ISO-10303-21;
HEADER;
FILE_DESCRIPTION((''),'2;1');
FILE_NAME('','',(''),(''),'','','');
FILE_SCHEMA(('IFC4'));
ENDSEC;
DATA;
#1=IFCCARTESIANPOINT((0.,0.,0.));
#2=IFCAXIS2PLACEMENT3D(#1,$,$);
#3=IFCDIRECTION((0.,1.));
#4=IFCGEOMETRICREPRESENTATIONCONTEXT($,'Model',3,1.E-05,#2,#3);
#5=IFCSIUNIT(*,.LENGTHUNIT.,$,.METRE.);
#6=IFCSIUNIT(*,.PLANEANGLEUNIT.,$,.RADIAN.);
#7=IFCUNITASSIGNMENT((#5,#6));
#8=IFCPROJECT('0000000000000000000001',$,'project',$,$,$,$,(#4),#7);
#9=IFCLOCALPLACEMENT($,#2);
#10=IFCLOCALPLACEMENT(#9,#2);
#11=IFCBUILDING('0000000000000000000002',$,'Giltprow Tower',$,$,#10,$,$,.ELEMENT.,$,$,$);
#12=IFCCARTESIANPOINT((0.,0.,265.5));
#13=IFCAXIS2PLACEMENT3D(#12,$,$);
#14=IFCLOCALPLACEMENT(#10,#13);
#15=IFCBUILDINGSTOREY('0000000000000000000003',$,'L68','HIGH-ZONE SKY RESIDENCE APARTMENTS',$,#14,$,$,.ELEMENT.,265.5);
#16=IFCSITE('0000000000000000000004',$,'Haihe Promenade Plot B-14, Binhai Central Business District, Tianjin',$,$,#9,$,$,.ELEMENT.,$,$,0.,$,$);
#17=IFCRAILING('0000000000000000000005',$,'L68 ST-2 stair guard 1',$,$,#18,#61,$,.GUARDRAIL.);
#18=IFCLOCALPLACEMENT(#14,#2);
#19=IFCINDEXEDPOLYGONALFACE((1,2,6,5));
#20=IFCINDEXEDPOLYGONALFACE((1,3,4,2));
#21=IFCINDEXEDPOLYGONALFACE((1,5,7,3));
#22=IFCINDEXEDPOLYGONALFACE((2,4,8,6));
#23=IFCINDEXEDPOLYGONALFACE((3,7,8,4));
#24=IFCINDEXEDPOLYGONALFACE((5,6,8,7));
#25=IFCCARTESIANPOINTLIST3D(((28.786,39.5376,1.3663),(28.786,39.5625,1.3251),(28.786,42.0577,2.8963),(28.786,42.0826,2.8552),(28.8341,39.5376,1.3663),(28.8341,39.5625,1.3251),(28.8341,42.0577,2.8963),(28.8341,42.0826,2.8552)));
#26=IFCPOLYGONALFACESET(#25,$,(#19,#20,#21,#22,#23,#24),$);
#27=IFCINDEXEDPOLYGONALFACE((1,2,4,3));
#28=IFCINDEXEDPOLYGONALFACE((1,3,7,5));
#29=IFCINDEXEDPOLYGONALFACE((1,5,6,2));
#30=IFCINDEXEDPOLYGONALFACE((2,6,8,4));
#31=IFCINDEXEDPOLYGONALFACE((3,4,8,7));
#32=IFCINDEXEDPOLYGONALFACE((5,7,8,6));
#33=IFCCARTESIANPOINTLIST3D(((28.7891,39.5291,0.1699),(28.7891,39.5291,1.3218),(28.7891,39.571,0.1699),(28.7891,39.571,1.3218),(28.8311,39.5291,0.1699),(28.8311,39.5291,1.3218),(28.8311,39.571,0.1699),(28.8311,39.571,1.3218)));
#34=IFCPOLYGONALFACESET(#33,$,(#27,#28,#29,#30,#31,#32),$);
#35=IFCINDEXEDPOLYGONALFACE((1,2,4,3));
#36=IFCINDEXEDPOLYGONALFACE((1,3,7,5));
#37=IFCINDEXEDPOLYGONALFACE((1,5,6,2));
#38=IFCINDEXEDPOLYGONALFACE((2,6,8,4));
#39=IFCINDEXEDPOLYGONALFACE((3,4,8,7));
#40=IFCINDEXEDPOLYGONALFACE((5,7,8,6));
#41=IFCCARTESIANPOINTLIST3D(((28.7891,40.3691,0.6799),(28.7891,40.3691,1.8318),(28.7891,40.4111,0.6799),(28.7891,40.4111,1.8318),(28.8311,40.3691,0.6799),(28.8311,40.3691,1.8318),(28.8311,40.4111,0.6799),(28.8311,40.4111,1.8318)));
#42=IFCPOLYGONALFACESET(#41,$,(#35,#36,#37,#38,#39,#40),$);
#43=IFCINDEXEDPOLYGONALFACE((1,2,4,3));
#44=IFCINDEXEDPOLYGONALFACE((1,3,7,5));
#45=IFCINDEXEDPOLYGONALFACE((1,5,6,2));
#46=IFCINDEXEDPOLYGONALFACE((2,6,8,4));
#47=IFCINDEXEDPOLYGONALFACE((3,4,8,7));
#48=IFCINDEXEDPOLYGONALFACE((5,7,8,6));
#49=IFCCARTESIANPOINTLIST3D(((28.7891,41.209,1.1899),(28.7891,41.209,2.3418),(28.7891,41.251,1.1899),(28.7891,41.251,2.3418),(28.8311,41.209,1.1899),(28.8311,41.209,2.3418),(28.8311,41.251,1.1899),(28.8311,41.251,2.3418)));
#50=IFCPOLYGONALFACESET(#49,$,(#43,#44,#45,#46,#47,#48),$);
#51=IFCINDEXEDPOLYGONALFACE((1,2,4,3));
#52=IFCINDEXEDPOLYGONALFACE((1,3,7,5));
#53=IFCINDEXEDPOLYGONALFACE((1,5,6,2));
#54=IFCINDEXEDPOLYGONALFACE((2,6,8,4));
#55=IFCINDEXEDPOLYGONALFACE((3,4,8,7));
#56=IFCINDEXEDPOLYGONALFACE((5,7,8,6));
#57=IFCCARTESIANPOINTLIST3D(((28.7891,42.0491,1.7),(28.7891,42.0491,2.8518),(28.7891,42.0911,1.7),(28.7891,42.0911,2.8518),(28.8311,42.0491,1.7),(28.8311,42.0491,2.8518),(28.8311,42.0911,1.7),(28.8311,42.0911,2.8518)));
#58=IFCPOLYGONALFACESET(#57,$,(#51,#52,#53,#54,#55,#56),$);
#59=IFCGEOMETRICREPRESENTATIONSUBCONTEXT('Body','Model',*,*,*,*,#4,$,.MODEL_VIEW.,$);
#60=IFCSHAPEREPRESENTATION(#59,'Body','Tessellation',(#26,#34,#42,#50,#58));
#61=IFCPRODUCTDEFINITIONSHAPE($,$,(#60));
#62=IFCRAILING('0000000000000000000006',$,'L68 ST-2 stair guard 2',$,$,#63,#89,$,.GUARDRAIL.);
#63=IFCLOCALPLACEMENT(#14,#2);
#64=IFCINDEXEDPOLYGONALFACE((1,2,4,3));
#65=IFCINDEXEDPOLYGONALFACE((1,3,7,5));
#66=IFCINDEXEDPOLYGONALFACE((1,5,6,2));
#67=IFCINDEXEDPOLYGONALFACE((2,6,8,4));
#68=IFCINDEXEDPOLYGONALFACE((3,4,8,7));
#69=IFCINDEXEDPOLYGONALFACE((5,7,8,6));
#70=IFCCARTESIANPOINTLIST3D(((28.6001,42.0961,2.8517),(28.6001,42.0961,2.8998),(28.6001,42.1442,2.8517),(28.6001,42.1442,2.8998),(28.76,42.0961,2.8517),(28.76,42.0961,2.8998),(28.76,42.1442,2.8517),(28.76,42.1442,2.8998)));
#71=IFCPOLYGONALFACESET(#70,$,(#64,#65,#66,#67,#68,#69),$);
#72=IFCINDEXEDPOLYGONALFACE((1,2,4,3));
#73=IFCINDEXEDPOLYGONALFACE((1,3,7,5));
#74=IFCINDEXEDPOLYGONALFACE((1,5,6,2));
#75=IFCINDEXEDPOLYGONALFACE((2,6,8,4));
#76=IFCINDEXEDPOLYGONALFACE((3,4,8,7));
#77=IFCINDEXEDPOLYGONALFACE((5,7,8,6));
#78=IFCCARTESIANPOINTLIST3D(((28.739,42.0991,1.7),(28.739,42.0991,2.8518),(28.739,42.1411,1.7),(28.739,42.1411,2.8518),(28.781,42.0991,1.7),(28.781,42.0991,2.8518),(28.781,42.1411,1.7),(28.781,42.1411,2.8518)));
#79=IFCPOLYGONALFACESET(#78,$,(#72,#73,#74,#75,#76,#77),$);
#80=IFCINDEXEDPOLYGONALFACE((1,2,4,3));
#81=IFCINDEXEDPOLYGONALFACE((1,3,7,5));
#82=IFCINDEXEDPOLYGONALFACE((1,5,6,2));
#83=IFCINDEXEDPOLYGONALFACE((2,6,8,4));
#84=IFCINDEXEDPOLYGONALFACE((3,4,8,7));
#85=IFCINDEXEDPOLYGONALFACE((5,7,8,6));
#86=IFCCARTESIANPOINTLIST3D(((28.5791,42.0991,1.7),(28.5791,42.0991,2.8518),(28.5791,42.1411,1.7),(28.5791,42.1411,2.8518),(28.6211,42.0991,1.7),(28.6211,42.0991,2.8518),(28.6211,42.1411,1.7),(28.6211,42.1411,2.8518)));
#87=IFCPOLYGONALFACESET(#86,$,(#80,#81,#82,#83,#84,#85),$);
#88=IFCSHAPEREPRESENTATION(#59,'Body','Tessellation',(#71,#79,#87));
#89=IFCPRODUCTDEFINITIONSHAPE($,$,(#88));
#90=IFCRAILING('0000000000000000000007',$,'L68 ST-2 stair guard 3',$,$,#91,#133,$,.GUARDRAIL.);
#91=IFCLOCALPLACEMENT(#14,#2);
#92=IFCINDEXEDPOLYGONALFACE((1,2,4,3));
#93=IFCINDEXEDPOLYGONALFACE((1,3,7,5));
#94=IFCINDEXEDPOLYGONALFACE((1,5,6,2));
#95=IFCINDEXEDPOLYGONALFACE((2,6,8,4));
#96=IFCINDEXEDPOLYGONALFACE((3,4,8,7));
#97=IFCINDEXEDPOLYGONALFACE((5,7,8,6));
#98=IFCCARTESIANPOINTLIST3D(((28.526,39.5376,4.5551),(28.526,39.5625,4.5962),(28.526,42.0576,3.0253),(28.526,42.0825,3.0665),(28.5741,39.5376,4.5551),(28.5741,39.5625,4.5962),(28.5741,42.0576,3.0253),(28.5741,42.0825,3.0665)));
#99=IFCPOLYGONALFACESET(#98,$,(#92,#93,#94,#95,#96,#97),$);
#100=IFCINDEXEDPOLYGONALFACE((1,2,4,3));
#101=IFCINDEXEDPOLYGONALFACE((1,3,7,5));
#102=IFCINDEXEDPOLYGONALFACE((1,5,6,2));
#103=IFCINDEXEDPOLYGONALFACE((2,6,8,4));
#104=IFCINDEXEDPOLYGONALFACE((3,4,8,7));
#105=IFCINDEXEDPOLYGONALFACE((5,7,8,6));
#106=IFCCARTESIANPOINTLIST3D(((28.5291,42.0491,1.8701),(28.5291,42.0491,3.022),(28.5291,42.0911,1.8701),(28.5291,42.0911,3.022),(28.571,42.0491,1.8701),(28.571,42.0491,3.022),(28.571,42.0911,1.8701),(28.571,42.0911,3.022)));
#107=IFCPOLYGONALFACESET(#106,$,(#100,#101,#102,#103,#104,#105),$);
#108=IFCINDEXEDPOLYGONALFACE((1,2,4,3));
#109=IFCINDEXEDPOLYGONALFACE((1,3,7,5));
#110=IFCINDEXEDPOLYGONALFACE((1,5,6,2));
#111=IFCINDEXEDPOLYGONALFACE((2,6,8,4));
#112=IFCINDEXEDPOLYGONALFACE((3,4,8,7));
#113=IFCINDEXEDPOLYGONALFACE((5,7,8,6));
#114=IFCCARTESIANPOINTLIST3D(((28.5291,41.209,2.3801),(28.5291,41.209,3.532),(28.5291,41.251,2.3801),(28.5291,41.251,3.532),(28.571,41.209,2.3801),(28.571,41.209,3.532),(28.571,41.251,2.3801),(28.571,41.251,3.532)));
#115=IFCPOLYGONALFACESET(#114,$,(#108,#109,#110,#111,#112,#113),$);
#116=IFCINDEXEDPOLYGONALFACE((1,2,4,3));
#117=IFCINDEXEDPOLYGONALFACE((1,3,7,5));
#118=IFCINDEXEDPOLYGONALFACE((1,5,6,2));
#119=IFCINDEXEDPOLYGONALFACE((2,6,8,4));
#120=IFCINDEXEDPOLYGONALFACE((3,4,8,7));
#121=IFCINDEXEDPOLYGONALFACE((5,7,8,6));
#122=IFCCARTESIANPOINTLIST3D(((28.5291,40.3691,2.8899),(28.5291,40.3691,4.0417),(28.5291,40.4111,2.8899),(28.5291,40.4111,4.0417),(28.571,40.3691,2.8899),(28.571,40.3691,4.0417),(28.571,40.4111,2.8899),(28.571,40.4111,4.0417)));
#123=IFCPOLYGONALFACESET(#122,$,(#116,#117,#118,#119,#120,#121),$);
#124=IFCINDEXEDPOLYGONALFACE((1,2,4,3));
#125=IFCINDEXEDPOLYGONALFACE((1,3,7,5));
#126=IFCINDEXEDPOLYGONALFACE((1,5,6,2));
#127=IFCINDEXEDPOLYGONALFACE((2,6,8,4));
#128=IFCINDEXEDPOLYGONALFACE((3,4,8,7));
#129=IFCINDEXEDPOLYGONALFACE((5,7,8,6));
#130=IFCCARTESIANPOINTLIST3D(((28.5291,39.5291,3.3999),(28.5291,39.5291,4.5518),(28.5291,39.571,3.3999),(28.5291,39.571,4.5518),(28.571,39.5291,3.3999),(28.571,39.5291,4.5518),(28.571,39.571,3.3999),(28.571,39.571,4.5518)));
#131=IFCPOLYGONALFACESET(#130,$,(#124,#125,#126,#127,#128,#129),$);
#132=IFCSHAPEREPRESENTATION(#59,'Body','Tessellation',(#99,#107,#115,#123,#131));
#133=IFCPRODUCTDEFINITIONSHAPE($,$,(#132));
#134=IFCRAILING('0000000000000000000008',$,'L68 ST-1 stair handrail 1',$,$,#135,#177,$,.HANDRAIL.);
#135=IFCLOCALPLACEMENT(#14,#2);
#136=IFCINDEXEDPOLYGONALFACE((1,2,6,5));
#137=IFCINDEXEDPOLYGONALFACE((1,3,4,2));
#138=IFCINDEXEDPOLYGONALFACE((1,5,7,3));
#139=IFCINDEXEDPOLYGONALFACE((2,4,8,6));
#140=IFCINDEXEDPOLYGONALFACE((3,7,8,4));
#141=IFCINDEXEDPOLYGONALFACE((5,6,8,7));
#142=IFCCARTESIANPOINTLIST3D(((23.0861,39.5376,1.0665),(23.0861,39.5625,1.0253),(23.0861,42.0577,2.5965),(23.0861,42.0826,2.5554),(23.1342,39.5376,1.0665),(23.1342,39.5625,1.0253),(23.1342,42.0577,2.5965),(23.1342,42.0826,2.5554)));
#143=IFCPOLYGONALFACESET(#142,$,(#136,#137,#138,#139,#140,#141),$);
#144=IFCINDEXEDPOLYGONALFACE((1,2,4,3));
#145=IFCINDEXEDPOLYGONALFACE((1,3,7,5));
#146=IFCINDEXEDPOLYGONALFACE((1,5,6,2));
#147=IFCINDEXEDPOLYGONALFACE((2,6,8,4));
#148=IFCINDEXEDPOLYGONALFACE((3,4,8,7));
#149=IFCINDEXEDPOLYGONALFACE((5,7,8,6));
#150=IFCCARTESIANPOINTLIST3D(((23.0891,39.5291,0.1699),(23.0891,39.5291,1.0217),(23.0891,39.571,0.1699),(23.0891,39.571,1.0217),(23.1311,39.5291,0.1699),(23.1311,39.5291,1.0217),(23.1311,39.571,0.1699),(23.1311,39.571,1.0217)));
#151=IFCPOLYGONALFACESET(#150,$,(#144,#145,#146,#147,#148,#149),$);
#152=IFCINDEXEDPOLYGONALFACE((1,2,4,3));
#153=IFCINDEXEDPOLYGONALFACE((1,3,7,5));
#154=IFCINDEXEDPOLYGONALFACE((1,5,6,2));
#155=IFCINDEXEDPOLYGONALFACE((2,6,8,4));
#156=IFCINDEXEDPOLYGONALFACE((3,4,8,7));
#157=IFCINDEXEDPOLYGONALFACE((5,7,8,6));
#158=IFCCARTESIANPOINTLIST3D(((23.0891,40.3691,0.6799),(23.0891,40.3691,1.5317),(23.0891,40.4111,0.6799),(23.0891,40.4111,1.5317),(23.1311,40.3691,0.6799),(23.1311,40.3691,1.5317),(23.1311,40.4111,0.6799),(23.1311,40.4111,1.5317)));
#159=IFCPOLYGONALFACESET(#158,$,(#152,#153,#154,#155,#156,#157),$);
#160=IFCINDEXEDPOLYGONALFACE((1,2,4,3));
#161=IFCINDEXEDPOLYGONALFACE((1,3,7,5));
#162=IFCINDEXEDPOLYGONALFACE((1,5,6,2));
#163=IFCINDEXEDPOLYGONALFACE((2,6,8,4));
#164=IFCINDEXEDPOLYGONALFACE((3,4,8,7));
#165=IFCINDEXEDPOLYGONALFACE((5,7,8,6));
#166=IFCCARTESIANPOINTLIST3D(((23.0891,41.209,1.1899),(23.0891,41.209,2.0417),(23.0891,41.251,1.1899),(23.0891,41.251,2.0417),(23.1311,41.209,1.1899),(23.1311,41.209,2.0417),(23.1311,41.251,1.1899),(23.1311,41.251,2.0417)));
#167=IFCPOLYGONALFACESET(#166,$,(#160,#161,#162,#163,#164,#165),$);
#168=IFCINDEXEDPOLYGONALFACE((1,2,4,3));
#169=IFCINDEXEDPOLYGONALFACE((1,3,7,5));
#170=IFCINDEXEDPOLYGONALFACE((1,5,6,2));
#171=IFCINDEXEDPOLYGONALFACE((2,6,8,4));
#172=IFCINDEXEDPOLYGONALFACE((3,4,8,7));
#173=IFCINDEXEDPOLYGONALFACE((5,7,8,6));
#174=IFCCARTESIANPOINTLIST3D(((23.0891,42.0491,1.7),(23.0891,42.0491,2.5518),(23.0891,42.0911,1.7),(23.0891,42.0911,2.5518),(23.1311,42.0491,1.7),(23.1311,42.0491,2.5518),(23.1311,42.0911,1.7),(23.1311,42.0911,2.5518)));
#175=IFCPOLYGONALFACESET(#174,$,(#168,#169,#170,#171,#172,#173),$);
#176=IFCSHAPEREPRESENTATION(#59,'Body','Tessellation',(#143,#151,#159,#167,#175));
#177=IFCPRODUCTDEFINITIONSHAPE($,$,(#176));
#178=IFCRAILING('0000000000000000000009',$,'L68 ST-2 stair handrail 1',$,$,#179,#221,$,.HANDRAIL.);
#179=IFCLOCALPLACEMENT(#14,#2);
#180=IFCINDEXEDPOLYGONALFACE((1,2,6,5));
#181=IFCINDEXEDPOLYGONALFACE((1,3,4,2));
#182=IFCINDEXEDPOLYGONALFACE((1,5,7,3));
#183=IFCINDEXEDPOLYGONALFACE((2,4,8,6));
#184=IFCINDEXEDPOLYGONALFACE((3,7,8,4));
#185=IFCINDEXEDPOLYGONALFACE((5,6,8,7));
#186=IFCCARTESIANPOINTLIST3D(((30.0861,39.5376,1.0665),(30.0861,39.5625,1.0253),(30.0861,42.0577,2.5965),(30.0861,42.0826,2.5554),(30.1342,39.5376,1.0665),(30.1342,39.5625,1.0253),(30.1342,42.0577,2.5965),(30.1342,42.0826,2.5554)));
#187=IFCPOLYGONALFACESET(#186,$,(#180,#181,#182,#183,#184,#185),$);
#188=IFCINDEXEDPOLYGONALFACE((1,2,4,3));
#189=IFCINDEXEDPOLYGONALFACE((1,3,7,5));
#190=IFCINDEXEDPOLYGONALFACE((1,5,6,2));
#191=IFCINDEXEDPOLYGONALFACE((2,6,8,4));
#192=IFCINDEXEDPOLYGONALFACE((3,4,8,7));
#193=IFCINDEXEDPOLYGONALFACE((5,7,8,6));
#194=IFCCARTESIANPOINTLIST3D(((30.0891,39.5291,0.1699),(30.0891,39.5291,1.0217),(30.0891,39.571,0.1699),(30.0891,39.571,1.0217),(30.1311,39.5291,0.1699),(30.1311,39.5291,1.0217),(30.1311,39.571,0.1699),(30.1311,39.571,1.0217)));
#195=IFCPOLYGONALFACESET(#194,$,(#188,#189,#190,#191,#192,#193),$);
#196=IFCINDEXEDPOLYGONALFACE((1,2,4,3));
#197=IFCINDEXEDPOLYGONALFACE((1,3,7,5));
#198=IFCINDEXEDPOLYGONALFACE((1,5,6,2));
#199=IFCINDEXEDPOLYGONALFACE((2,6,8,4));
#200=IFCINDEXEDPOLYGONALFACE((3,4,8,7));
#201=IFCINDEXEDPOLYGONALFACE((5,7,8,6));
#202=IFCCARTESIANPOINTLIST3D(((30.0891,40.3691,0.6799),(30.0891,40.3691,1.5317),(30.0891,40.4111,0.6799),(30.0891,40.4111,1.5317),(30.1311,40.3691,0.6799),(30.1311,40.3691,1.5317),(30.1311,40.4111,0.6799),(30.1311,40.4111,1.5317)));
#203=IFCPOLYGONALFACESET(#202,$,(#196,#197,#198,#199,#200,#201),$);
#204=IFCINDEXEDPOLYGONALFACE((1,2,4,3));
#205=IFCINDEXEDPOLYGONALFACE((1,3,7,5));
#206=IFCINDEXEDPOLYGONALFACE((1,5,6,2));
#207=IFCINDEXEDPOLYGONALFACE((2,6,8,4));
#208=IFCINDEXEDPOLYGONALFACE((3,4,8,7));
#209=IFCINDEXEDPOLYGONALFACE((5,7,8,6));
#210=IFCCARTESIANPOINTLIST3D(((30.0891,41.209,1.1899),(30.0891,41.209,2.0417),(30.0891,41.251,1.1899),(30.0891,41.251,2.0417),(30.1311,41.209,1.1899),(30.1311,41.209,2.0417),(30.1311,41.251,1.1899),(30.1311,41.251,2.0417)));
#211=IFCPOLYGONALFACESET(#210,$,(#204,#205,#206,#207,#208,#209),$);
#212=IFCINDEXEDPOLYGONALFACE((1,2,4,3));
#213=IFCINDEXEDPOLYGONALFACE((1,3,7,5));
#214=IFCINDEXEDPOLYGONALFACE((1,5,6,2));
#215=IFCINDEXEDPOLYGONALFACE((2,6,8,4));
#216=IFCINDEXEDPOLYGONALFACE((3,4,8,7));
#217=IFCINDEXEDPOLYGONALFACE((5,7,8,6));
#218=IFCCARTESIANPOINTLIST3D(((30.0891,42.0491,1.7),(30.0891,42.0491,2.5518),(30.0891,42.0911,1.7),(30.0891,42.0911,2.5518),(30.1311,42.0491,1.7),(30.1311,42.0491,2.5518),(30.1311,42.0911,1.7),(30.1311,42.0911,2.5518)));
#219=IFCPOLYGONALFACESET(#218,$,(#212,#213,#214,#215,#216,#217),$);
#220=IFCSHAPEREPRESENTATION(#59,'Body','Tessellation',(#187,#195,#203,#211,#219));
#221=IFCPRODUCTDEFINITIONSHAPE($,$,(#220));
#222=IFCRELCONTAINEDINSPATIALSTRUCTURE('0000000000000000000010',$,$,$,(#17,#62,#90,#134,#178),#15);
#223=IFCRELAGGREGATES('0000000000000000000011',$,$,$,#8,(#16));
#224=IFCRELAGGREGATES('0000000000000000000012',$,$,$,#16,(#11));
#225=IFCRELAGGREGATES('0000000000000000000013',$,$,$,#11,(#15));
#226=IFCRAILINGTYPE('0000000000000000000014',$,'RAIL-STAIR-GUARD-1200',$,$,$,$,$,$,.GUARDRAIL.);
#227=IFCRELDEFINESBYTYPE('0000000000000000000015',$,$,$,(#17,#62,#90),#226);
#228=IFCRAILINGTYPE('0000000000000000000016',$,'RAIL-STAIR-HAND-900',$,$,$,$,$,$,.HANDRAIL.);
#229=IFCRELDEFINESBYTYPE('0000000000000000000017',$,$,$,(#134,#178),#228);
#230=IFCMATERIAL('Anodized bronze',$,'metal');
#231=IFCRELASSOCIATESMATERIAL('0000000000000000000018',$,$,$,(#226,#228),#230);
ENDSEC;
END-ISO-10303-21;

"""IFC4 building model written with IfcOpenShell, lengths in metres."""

from ifc_helpers import new_model, si_unit, direction, frame, origin, origin_2d, place, context, subcontext, project, spatial, rectangle, extrude, material, type_object, element, save


model = new_model("IFC4")

# Units and contexts
model_context = context("Model", 3, precision=1e-05, world=origin(), true_north=direction((0.0, 1.0)))
body_context = subcontext(model_context, "Body", "Model", "MODEL_VIEW")
ifc_project = project(units=[si_unit("LENGTHUNIT", "METRE"), si_unit("PLANEANGLEUNIT", "RADIAN")], contexts=[model_context])

# Site, building, storey
site_placement = place(None, origin())
site = spatial("IfcSite", under=ifc_project, at=site_placement, Name="Haihe Promenade Plot B-14, Binhai Central Business District, Tianjin", CompositionType="ELEMENT", RefElevation=0.0)
building_placement = place(site_placement, origin())
building = spatial("IfcBuilding", under=site, at=building_placement, Name="Giltprow Tower", CompositionType="ELEMENT")
storey_placement = place(building_placement, frame((0.0, 0.0, 265.5)))
storey = spatial("IfcBuildingStorey", under=building, at=storey_placement, Name="L68", Description="HIGH-ZONE SKY RESIDENCE APARTMENTS", CompositionType="ELEMENT", Elevation=265.5)

# Railings
ifc_material_1 = material(Name="Anodized bronze", Category="metal")
railing_type_1 = type_object("IfcRailingType", Name="RAIL-STAIR-GUARD-1200", PredefinedType="GUARDRAIL", material=ifc_material_1)
railing_1_placement = place(storey_placement, frame((28.8101, 39.55, 0.1699)))
element("IfcRailing", 1, at=railing_1_placement, inside=storey, type_object=railing_type_1, Name="L68 ST-2 stair guard 1", PredefinedType="GUARDRAIL", context=body_context, shape_type="SweptSolid", body=[
    extrude(rectangle(XDim=0.0481, YDim=0.0481, at=origin_2d()), frame((0.0, 0.0, 1.1758), z_axis=(0.0, 0.854785, 0.518982), x_axis=(-1.0, 0.0, 0.0)), (0.0, 0.0, 1.0), 2.9482),
    extrude(rectangle(XDim=0.042, YDim=0.042, at=origin_2d()), origin(), (0.0, 0.0, 1.0), 1.1519),
    extrude(rectangle(XDim=0.042, YDim=0.042, at=origin_2d()), frame((0.0, 0.8401, 0.51)), (0.0, 0.0, 1.0), 1.1519),
    extrude(rectangle(XDim=0.042, YDim=0.042, at=origin_2d()), frame((0.0, 1.6799, 1.02)), (0.0, 0.0, 1.0), 1.1519),
    extrude(rectangle(XDim=0.042, YDim=0.042, at=origin_2d()), frame((0.0, 2.52, 1.53)), (0.0, 0.0, 1.0), 1.1519),
])
railing_2_placement = place(storey_placement, frame((28.76, 42.1201, 1.7)))
element("IfcRailing", 2, at=railing_2_placement, inside=storey, type_object=railing_type_1, Name="L68 ST-2 stair guard 2", PredefinedType="GUARDRAIL", context=body_context, shape_type="SweptSolid", body=[
    extrude(rectangle(XDim=0.0481, YDim=0.0481, at=origin_2d()), frame((0.0, 0.0, 1.1758), z_axis=(-1.0, 0.0, 0.0), x_axis=(0.0, -1.0, 0.0)), (0.0, 0.0, 1.0), 0.1599),
    extrude(rectangle(XDim=0.042, YDim=0.042, at=origin_2d()), origin(), (0.0, 0.0, 1.0), 1.1519),
    extrude(rectangle(XDim=0.042, YDim=0.042, at=origin_2d()), frame((-0.1599, 0.0, 0.0)), (0.0, 0.0, 1.0), 1.1519),
])
railing_3_placement = place(storey_placement, frame((28.55, 42.0701, 1.8701)))
element("IfcRailing", 3, at=railing_3_placement, inside=storey, type_object=railing_type_1, Name="L68 ST-2 stair guard 3", PredefinedType="GUARDRAIL", context=body_context, shape_type="SweptSolid", body=[
    extrude(rectangle(XDim=0.0481, YDim=0.0481, at=origin_2d()), frame((0.0, 0.0, 1.1758), z_axis=(0.0, -0.854822, 0.518922), x_axis=(1.0, 0.0, 0.0)), (0.0, 0.0, 1.0), 2.948),
    extrude(rectangle(XDim=0.042, YDim=0.042, at=origin_2d()), origin(), (0.0, 0.0, 1.0), 1.1519),
    extrude(rectangle(XDim=0.042, YDim=0.042, at=origin_2d()), frame((0.0, -0.8401, 0.51)), (0.0, 0.0, 1.0), 1.1519),
    extrude(rectangle(XDim=0.042, YDim=0.042, at=origin_2d()), frame((0.0, -1.6799, 1.0198)), (0.0, 0.0, 1.0), 1.1519),
    extrude(rectangle(XDim=0.042, YDim=0.042, at=origin_2d()), frame((0.0, -2.52, 1.5298)), (0.0, 0.0, 1.0), 1.1519),
])
railing_type_2 = type_object("IfcRailingType", Name="RAIL-STAIR-HAND-900", PredefinedType="HANDRAIL", material=ifc_material_1)
for number, where, name in (
    (4, (23.1101, 39.55, 0.1699), "L68 ST-1 stair handrail 1"),
    (5, (30.1101, 39.55, 0.1699), "L68 ST-2 stair handrail 1"),
):
    element("IfcRailing", number, at=place(storey_placement, frame(where)), inside=storey, type_object=railing_type_2, Name=name, PredefinedType="HANDRAIL", context=body_context, shape_type="SweptSolid", body=[
        extrude(rectangle(XDim=0.0481, YDim=0.0481, at=origin_2d()), frame((0.0, 0.0, 0.876), z_axis=(0.0, 0.854785, 0.518982), x_axis=(-1.0, 0.0, 0.0)), (0.0, 0.0, 1.0), 2.9482),
        extrude(rectangle(XDim=0.042, YDim=0.042, at=origin_2d()), origin(), (0.0, 0.0, 1.0), 0.8518),
        extrude(rectangle(XDim=0.042, YDim=0.042, at=origin_2d()), frame((0.0, 0.8401, 0.51)), (0.0, 0.0, 1.0), 0.8518),
        extrude(rectangle(XDim=0.042, YDim=0.042, at=origin_2d()), frame((0.0, 1.6799, 1.02)), (0.0, 0.0, 1.0), 0.8518),
        extrude(rectangle(XDim=0.042, YDim=0.042, at=origin_2d()), frame((0.0, 2.52, 1.53)), (0.0, 0.0, 1.0), 0.8518),
    ])

save(model, "model.ifc")
